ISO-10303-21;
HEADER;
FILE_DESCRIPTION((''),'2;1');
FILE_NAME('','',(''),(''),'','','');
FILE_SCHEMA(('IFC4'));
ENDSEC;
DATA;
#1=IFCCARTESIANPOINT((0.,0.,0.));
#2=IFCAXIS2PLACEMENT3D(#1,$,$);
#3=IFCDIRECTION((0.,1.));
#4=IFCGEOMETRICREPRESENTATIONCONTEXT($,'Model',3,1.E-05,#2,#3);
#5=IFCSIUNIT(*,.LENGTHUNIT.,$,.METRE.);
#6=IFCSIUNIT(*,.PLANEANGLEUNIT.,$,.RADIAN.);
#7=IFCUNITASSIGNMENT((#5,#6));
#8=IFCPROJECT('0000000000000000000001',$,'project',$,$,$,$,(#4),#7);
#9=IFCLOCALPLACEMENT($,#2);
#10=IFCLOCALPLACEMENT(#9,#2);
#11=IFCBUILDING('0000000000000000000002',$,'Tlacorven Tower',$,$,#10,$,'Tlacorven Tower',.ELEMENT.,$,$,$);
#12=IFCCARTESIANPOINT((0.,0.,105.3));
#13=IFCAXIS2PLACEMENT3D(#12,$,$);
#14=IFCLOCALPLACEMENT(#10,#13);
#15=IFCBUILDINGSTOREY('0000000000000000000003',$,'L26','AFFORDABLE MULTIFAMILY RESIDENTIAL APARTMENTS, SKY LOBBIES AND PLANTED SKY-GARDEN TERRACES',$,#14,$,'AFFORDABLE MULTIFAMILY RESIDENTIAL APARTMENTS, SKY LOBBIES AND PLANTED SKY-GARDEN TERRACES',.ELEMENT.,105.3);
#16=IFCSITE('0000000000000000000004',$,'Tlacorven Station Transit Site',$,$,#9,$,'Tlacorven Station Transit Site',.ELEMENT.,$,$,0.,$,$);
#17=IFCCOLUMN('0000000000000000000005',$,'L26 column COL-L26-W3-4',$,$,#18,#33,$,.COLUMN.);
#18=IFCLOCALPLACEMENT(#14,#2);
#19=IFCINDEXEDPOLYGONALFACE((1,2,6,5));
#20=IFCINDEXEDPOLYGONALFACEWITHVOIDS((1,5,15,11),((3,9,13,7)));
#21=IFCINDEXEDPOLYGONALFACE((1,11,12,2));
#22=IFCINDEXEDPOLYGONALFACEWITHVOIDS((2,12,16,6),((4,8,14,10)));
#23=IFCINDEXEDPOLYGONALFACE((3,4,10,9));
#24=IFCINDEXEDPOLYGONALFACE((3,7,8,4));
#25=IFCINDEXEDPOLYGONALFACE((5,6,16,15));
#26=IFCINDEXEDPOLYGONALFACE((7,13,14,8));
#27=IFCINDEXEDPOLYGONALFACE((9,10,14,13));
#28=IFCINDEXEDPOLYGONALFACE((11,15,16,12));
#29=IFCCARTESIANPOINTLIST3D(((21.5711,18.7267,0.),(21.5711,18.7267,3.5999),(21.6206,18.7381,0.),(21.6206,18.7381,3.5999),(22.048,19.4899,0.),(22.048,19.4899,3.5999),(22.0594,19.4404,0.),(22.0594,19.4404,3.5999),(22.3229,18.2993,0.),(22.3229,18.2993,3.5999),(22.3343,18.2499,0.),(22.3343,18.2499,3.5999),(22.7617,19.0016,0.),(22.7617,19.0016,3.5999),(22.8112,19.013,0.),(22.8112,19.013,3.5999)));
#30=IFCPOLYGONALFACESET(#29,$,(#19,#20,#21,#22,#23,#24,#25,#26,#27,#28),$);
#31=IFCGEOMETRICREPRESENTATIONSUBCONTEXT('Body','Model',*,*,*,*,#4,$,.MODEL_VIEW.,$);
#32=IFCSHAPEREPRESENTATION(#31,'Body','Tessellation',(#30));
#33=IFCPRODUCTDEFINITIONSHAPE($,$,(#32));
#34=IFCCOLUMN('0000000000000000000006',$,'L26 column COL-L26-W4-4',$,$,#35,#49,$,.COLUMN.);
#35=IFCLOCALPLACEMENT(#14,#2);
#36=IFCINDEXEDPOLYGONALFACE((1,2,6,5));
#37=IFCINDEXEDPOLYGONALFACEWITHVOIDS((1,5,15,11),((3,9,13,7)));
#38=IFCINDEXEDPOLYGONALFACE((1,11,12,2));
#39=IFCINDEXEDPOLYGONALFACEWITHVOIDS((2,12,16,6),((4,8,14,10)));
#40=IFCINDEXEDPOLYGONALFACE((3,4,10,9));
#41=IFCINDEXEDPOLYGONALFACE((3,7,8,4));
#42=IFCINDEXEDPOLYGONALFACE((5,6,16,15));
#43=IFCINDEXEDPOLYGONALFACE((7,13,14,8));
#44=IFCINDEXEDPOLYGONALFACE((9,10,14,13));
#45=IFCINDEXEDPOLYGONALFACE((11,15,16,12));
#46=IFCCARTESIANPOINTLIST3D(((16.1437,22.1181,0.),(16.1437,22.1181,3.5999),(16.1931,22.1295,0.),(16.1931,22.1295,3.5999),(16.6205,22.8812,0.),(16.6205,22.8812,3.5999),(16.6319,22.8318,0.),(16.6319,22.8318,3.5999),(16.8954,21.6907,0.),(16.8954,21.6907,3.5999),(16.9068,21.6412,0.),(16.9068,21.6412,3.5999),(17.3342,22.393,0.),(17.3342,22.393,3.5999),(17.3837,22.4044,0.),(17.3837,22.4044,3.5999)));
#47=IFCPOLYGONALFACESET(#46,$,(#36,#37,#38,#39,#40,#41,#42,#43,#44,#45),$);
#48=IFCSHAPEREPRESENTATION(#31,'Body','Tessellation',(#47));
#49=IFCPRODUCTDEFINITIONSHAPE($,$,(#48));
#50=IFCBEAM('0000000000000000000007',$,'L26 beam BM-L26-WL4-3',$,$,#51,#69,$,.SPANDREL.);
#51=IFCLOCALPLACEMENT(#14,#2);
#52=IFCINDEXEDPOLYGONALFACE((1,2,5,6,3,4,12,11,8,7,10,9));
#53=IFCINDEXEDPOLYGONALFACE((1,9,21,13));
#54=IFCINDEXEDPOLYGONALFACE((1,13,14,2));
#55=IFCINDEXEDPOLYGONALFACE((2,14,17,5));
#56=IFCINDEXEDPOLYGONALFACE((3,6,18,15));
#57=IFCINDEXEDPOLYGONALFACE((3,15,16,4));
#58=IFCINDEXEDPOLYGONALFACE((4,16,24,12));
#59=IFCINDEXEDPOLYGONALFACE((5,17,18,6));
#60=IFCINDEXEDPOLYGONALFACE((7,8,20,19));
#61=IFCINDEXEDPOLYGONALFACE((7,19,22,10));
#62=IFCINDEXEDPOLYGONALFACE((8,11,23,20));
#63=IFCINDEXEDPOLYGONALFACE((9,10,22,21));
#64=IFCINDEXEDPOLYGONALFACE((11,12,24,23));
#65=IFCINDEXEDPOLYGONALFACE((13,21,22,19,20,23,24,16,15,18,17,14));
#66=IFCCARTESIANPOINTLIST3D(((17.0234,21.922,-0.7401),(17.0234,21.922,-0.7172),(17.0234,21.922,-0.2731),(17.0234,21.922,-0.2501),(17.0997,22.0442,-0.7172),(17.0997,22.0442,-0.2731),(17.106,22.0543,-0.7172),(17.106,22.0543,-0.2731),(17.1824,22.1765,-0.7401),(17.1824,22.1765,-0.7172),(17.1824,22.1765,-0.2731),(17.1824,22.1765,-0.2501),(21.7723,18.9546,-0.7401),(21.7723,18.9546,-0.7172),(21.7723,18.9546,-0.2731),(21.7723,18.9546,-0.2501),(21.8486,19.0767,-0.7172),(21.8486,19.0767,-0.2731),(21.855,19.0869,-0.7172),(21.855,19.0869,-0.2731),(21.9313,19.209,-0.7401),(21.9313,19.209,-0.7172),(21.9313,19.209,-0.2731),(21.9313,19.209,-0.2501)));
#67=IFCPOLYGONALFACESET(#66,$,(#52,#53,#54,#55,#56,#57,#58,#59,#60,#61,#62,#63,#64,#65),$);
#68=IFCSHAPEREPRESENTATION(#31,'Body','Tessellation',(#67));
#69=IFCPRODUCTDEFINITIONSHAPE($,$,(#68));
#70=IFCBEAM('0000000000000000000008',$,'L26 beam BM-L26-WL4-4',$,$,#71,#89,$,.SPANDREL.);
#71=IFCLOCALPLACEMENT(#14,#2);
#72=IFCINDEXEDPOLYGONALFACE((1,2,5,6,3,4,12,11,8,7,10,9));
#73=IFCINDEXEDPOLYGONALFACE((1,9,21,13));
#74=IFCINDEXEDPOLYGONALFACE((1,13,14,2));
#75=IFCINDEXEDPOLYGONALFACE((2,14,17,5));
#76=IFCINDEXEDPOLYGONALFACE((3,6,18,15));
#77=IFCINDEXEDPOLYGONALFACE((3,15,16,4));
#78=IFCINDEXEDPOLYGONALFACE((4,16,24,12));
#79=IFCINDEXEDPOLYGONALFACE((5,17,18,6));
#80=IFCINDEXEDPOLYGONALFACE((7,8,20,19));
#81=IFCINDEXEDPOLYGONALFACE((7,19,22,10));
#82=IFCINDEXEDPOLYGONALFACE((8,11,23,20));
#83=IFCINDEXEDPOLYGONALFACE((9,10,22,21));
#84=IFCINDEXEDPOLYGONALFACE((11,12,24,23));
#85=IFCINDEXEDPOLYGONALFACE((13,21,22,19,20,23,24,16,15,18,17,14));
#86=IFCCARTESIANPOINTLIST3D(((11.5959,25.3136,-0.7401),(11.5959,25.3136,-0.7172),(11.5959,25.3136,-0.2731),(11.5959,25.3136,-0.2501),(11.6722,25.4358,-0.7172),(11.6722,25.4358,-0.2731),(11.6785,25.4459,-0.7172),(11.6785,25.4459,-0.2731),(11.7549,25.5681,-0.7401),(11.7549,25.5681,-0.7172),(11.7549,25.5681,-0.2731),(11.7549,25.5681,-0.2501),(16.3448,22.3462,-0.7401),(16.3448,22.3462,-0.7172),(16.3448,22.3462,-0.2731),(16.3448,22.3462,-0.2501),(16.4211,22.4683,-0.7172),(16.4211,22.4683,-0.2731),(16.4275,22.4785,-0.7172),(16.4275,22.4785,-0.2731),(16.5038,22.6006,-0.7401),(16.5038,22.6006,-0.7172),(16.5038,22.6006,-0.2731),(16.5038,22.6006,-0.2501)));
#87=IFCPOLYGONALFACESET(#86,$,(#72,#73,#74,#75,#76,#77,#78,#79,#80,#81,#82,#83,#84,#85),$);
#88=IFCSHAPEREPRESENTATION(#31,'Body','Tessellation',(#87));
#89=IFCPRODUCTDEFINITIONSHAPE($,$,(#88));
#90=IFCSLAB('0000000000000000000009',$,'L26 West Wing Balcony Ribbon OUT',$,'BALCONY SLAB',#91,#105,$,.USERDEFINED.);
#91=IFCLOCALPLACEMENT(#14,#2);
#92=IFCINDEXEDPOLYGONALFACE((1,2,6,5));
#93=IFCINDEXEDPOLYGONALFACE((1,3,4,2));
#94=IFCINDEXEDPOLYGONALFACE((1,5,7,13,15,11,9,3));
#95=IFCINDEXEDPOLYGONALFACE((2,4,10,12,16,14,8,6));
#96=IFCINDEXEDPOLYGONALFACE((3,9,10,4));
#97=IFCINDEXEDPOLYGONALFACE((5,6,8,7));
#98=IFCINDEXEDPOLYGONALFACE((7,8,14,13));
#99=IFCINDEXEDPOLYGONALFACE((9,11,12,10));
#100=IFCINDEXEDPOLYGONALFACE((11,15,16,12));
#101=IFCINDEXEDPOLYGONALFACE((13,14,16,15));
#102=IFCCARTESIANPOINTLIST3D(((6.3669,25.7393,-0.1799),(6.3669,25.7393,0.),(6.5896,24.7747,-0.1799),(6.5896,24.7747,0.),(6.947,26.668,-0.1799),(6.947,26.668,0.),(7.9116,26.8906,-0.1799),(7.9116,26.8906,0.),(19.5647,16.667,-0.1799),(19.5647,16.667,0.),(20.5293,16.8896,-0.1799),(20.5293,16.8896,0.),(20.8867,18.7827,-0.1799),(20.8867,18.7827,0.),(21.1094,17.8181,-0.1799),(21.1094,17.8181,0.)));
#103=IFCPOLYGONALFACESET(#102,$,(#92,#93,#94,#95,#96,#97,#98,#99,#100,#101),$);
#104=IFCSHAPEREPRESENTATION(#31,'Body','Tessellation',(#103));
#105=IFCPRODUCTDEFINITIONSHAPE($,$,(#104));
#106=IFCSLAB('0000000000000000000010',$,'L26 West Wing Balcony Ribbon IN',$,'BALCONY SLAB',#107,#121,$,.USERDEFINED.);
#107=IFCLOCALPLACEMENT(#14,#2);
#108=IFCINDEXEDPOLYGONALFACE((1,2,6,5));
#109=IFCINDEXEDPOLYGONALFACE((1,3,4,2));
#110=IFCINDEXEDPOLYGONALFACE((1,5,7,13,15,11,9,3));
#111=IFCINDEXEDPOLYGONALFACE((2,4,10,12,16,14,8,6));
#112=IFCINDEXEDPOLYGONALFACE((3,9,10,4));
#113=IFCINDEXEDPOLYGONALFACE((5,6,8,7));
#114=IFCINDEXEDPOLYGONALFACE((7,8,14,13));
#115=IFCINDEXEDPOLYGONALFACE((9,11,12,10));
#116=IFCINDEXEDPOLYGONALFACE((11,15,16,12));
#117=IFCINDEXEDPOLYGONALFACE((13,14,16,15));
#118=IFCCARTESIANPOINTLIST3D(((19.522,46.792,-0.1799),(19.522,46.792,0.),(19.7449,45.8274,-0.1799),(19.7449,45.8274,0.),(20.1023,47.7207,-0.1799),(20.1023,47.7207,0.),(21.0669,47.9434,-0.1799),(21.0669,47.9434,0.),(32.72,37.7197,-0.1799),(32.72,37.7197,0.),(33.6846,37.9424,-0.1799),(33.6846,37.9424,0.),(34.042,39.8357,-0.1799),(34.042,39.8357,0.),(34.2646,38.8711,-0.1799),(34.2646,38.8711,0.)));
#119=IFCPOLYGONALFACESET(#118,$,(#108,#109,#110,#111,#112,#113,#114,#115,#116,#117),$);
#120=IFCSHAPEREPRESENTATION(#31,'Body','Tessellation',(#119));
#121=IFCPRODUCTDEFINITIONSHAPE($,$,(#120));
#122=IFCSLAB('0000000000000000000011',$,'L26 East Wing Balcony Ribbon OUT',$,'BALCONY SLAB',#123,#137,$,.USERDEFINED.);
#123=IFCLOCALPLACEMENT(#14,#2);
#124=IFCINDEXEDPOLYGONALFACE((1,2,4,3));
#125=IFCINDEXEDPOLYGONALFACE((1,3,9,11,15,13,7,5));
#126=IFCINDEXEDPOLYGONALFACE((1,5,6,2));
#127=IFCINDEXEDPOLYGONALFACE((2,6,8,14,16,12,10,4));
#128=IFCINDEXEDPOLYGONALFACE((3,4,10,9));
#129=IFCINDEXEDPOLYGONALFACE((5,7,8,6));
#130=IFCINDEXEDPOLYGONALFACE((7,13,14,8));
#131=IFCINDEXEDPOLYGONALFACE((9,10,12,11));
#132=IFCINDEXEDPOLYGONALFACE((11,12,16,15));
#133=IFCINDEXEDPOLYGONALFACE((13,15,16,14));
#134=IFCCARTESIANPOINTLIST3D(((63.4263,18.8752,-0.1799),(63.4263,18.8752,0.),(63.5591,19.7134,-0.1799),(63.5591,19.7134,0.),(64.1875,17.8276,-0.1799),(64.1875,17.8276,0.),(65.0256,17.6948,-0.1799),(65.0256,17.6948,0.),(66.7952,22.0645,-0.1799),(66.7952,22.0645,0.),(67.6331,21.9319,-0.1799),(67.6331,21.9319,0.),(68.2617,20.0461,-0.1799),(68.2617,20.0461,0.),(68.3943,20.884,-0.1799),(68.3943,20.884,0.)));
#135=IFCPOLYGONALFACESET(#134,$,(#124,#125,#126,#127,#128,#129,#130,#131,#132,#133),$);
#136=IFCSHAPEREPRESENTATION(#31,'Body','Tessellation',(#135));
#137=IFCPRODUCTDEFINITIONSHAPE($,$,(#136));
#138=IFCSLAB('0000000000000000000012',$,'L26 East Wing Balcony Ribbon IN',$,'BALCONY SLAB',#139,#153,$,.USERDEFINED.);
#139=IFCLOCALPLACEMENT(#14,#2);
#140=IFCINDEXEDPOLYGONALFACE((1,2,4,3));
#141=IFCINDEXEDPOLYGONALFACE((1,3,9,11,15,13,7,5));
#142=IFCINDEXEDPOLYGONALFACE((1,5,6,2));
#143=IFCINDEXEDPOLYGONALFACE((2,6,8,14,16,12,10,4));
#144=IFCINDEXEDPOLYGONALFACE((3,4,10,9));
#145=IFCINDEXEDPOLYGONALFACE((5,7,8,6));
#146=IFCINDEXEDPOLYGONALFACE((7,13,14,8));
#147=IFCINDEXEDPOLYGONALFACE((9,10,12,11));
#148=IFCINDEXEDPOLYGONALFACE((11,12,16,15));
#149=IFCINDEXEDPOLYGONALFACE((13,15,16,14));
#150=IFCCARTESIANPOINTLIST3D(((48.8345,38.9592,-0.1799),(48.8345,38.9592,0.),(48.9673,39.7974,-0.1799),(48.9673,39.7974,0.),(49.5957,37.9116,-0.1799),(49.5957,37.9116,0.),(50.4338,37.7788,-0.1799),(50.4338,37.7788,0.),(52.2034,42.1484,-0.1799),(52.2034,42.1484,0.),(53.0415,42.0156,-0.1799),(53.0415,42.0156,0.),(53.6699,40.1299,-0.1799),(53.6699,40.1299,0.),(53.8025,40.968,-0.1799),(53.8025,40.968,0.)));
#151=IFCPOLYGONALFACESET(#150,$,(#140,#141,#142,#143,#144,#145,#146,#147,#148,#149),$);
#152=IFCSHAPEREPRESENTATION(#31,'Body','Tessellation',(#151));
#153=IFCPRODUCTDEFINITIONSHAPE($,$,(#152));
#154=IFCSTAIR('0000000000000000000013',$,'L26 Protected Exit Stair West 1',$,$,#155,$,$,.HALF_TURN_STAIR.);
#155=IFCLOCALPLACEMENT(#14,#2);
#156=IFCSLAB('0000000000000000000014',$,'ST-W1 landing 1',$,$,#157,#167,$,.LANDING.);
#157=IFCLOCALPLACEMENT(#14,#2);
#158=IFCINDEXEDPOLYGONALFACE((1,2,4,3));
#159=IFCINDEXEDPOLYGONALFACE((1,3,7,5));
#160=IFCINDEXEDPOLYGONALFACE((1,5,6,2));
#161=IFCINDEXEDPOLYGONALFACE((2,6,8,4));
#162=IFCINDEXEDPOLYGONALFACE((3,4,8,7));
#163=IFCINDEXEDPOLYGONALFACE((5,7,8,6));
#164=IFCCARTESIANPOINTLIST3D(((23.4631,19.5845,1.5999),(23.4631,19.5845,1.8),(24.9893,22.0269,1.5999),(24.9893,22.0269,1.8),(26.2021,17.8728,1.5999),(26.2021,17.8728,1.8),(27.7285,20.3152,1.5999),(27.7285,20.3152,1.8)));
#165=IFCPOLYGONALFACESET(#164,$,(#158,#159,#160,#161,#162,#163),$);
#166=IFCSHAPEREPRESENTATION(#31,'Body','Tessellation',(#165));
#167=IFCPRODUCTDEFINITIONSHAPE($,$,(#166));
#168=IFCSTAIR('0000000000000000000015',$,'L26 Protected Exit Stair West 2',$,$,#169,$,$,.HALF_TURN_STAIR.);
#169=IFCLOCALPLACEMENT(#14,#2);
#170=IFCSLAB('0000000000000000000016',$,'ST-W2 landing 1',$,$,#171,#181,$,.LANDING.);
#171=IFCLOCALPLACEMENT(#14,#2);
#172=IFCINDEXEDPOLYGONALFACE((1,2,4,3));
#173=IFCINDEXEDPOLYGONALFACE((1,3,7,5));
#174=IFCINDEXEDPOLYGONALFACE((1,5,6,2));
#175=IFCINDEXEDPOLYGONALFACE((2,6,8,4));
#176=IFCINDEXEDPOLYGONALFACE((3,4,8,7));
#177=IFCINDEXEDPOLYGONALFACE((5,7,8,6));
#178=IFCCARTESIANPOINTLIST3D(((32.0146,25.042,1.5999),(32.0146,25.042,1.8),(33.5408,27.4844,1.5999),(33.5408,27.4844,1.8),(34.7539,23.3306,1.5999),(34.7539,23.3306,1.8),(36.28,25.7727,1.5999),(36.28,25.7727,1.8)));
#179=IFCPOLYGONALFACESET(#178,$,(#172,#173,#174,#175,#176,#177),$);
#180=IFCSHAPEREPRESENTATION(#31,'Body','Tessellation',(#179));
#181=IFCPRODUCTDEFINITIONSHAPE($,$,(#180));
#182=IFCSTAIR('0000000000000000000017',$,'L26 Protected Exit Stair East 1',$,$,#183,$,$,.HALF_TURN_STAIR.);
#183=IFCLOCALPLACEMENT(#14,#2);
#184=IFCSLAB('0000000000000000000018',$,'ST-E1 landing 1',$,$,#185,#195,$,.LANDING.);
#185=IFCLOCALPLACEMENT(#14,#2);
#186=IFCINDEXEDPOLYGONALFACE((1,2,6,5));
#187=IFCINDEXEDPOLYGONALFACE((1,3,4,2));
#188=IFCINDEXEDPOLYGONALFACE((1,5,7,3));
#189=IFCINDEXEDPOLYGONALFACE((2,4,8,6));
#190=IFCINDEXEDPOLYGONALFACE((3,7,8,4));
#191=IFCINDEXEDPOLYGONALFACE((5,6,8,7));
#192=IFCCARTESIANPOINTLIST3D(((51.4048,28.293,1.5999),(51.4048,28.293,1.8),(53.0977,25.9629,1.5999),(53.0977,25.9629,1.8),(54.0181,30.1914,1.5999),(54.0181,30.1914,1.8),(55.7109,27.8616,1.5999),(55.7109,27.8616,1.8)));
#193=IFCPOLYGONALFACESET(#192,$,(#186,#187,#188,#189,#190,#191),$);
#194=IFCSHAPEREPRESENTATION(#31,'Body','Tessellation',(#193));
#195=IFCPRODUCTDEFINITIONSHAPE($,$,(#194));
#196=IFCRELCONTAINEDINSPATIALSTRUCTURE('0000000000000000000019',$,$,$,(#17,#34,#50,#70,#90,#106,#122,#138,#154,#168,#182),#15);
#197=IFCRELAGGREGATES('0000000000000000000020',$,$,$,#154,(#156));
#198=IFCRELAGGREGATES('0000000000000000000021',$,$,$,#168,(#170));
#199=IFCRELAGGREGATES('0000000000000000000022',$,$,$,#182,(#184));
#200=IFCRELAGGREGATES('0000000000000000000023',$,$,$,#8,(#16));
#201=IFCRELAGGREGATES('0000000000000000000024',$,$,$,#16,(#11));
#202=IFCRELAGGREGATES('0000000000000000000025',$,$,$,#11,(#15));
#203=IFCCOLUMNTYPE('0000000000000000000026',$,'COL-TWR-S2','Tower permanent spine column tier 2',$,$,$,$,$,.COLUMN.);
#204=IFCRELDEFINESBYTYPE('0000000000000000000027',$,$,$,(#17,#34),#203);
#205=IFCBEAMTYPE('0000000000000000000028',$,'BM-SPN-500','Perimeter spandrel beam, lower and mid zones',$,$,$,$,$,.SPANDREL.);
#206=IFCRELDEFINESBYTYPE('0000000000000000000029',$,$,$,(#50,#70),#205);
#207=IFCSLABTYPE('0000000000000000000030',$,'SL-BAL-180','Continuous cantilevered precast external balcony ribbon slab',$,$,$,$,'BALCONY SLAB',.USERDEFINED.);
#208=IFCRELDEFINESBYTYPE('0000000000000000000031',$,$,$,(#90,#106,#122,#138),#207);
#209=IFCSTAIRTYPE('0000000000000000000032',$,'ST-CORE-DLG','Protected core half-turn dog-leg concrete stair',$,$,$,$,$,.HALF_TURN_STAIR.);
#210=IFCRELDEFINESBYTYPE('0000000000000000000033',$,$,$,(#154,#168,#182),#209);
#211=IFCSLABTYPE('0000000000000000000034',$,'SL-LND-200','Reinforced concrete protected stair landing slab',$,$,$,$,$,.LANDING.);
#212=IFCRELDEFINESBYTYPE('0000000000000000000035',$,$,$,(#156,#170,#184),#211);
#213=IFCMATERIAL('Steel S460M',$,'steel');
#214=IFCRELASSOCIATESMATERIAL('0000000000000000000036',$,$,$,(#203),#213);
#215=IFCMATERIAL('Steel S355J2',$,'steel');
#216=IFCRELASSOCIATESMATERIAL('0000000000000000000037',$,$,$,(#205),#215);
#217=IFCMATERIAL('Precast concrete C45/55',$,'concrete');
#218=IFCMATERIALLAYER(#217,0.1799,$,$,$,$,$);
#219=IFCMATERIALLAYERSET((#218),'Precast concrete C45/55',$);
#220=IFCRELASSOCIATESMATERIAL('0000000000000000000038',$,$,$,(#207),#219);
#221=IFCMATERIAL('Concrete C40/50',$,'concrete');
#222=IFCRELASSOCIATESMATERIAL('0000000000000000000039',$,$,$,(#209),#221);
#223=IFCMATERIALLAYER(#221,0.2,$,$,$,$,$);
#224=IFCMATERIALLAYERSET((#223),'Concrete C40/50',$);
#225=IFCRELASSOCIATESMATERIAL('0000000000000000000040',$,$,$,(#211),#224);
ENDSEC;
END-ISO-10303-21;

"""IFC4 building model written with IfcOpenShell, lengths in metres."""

from ifc_helpers import new_model, si_unit, direction, frame, origin, origin_2d, place, context, subcontext, project, spatial, polyline, hollow_rectangle, i_section, outline, extrude, source, transform, mapped, material, layer, layer_set, material_profile, profile_set, type_object, element, aggregate, save


model = new_model("IFC4")

# Units and contexts
model_context = context("Model", 3, precision=1e-05, world=origin(), true_north=direction((0.0, 1.0)))
body_context = subcontext(model_context, "Body", "Model", "MODEL_VIEW")
ifc_project = project(units=[si_unit("LENGTHUNIT", "METRE"), si_unit("PLANEANGLEUNIT", "RADIAN")], contexts=[model_context])

# Site, building, storey
site_placement = place(None, origin())
site = spatial("IfcSite", under=ifc_project, at=site_placement, Name="Tlacorven Station Transit Site", LongName="Tlacorven Station Transit Site", CompositionType="ELEMENT", RefElevation=0.0)
building_placement = place(site_placement, origin())
building = spatial("IfcBuilding", under=site, at=building_placement, Name="Tlacorven Tower", LongName="Tlacorven Tower", CompositionType="ELEMENT")
storey_placement = place(building_placement, frame((0.0, 0.0, 105.3)))
storey = spatial("IfcBuildingStorey", under=building, at=storey_placement, Name="L26", Description="AFFORDABLE MULTIFAMILY RESIDENTIAL APARTMENTS, SKY LOBBIES AND PLANTED SKY-GARDEN TERRACES", LongName="AFFORDABLE MULTIFAMILY RESIDENTIAL APARTMENTS, SKY LOBBIES AND PLANTED SKY-GARDEN TERRACES", CompositionType="ELEMENT", Elevation=105.3)

# Columns
ifc_material_1 = material(Name="Steel S460M", Category="steel")
ifc_material_profile_1 = material_profile(ifc_material_1, hollow_rectangle(XDim=0.8999, YDim=0.8999, WallThickness=0.0359, at=origin_2d()), Name="BOX 900X900X36")
ifc_profile_set_1 = profile_set([ifc_material_profile_1], Name="Steel S460M")
column_type = type_object("IfcColumnType", Name="COL-TWR-S2", Description="Tower permanent spine column tier 2", PredefinedType="COLUMN", material=ifc_profile_set_1)
shared_shape_1 = source(origin(), body_context, "Body", "SweptSolid", [
    extrude(hollow_rectangle(XDim=0.8999, YDim=0.8999, WallThickness=0.0359, at=origin_2d()), origin(), (0.0, 0.0, 1.0), 3.5999),
])
for number, where, z_axis, x_axis, name in (
    (1, (22.1912, 18.8699, 0.0), (0.0, 0.0, 1.0), (-0.848048, 0.529919, 0.0), "L26 column COL-L26-W3-4"),
    (2, (16.7637, 22.2612, 0.0), (0.0, 0.0, 1.0), (-0.848048, 0.529919, 0.0), "L26 column COL-L26-W4-4"),
):
    element("IfcColumn", number, at=place(storey_placement, frame(where, z_axis=z_axis, x_axis=x_axis)), inside=storey, type_object=column_type, Name=name, PredefinedType="COLUMN", context=body_context, shape_type="MappedRepresentation", body=[
        mapped(shared_shape_1, transform((0.0, 0.0, 0.0), scale=1.0)),
    ])

# Beams
ifc_material_2 = material(Name="Steel S355J2", Category="steel")
ifc_material_profile_2 = material_profile(ifc_material_2, i_section(OverallWidth=0.3, OverallDepth=0.49, WebThickness=0.012, FlangeThickness=0.0229, at=origin_2d()), Name="HEA 500")
ifc_profile_set_2 = profile_set([ifc_material_profile_2], Name="Steel S355J2")
beam_type = type_object("IfcBeamType", Name="BM-SPN-500", Description="Perimeter spandrel beam, lower and mid zones", PredefinedType="SPANDREL", material=ifc_profile_set_2)
shared_shape_2 = source(origin(), body_context, "Body", "SweptSolid", [
    extrude(i_section(OverallWidth=0.3, OverallDepth=0.49, WebThickness=0.012, FlangeThickness=0.0229, at=origin_2d()), origin(), (0.0, 0.0, 1.0), 5.5999),
])
for number, where, z_axis, x_axis, name in (
    (3, (21.8518, 19.0818, -0.4951), (-0.848047, 0.529921, 0.0), (-0.529921, -0.848047, 0.0), "L26 beam BM-L26-WL4-3"),
    (4, (16.4243, 22.4734, -0.4951), (-0.848047, 0.529921, 0.0), (-0.529921, -0.848047, 0.0), "L26 beam BM-L26-WL4-4"),
):
    element("IfcBeam", number, at=place(storey_placement, frame(where, z_axis=z_axis, x_axis=x_axis)), inside=storey, type_object=beam_type, Name=name, PredefinedType="SPANDREL", context=body_context, shape_type="MappedRepresentation", body=[
        mapped(shared_shape_2, transform((0.0, 0.0, 0.0), scale=1.0)),
    ])

# Slabs
ifc_material_3 = material(Name="Precast concrete C45/55", Category="concrete")
ifc_layer_1 = layer(ifc_material_3, 0.1799)
ifc_layer_set_1 = layer_set([ifc_layer_1], Name="Precast concrete C45/55")
slab_type_1 = type_object("IfcSlabType", Name="SL-BAL-180", Description="Continuous cantilevered precast external balcony ribbon slab", ElementType="BALCONY SLAB", PredefinedType="USERDEFINED", material=ifc_layer_set_1)
slab_1_placement = place(storey_placement, frame((0.0, 0.0, -0.1799)))
element("IfcSlab", 5, at=slab_1_placement, inside=storey, type_object=slab_type_1, Name="L26 West Wing Balcony Ribbon OUT", ObjectType="BALCONY SLAB", PredefinedType="USERDEFINED", context=body_context, shape_type="SweptSolid", body=[
    extrude(outline(polyline([(20.8867, 18.7827), (7.9116, 26.8906), (6.947, 26.668), (6.3669, 25.7393), (6.5896, 24.7747), (19.5647, 16.667), (20.5293, 16.8896), (21.1094, 17.8181), (20.8867, 18.7827)])), origin(), (0.0, 0.0, 1.0), 0.1799),
])
slab_2_placement = place(storey_placement, frame((0.0, 0.0, -0.1799)))
element("IfcSlab", 6, at=slab_2_placement, inside=storey, type_object=slab_type_1, Name="L26 West Wing Balcony Ribbon IN", ObjectType="BALCONY SLAB", PredefinedType="USERDEFINED", context=body_context, shape_type="SweptSolid", body=[
    extrude(outline(polyline([(34.042, 39.8357), (21.0669, 47.9434), (20.1023, 47.7207), (19.522, 46.792), (19.7449, 45.8274), (32.72, 37.7197), (33.6846, 37.9424), (34.2646, 38.8711), (34.042, 39.8357)])), origin(), (0.0, 0.0, 1.0), 0.1799),
])
slab_3_placement = place(storey_placement, frame((0.0, 0.0, -0.1799)))
element("IfcSlab", 7, at=slab_3_placement, inside=storey, type_object=slab_type_1, Name="L26 East Wing Balcony Ribbon OUT", ObjectType="BALCONY SLAB", PredefinedType="USERDEFINED", context=body_context, shape_type="SweptSolid", body=[
    extrude(outline(polyline([(65.0256, 17.6948), (68.2617, 20.0461), (68.3943, 20.884), (67.6331, 21.9319), (66.7952, 22.0645), (63.5591, 19.7134), (63.4263, 18.8752), (64.1875, 17.8276), (65.0256, 17.6948)])), origin(), (0.0, 0.0, 1.0), 0.1799),
])
slab_4_placement = place(storey_placement, frame((0.0, 0.0, -0.1799)))
element("IfcSlab", 8, at=slab_4_placement, inside=storey, type_object=slab_type_1, Name="L26 East Wing Balcony Ribbon IN", ObjectType="BALCONY SLAB", PredefinedType="USERDEFINED", context=body_context, shape_type="SweptSolid", body=[
    extrude(outline(polyline([(50.4338, 37.7788), (53.6699, 40.1299), (53.8025, 40.968), (53.0415, 42.0156), (52.2034, 42.1484), (48.9673, 39.7974), (48.8345, 38.9592), (49.5957, 37.9116), (50.4338, 37.7788)])), origin(), (0.0, 0.0, 1.0), 0.1799),
])

# Stairs, slabs
ifc_material_4 = material(Name="Concrete C40/50", Category="concrete")
stair_type = type_object("IfcStairType", Name="ST-CORE-DLG", Description="Protected core half-turn dog-leg concrete stair", PredefinedType="HALF_TURN_STAIR", material=ifc_material_4)
stair_1_placement = place(storey_placement, origin())
stair_1 = element("IfcStair", 9, at=stair_1_placement, inside=storey, type_object=stair_type, Name="L26 Protected Exit Stair West 1", PredefinedType="HALF_TURN_STAIR")
ifc_layer_2 = layer(ifc_material_4, 0.2)
ifc_layer_set_2 = layer_set([ifc_layer_2], Name="Concrete C40/50")
slab_type_2 = type_object("IfcSlabType", Name="SL-LND-200", Description="Reinforced concrete protected stair landing slab", PredefinedType="LANDING", material=ifc_layer_set_2)
slab_5_placement = place(storey_placement, frame((0.0, 0.0, 1.5999)))
slab_5 = element("IfcSlab", 10, at=slab_5_placement, type_object=slab_type_2, Name="ST-W1 landing 1", PredefinedType="LANDING", context=body_context, shape_type="SweptSolid", body=[
    extrude(outline(polyline([(27.7285, 20.3152), (24.9893, 22.0269), (23.4631, 19.5845), (26.2021, 17.8728), (27.7285, 20.3152)])), origin(), (0.0, 0.0, 1.0), 0.2002),
])
aggregate(stair_1, [slab_5])
stair_2_placement = place(storey_placement, origin())
stair_2 = element("IfcStair", 11, at=stair_2_placement, inside=storey, type_object=stair_type, Name="L26 Protected Exit Stair West 2", PredefinedType="HALF_TURN_STAIR")
slab_6_placement = place(storey_placement, frame((0.0, 0.0, 1.5999)))
slab_6 = element("IfcSlab", 12, at=slab_6_placement, type_object=slab_type_2, Name="ST-W2 landing 1", PredefinedType="LANDING", context=body_context, shape_type="SweptSolid", body=[
    extrude(outline(polyline([(36.28, 25.7727), (33.5408, 27.4844), (32.0146, 25.042), (34.7539, 23.3306), (36.28, 25.7727)])), origin(), (0.0, 0.0, 1.0), 0.2002),
])
aggregate(stair_2, [slab_6])
stair_3_placement = place(storey_placement, origin())
stair_3 = element("IfcStair", 13, at=stair_3_placement, inside=storey, type_object=stair_type, Name="L26 Protected Exit Stair East 1", PredefinedType="HALF_TURN_STAIR")
slab_7_placement = place(storey_placement, frame((0.0, 0.0, 1.5999)))
slab_7 = element("IfcSlab", 14, at=slab_7_placement, type_object=slab_type_2, Name="ST-E1 landing 1", PredefinedType="LANDING", context=body_context, shape_type="SweptSolid", body=[
    extrude(outline(polyline([(53.0977, 25.9629), (55.7109, 27.8616), (54.0181, 30.1914), (51.4048, 28.293), (53.0977, 25.9629)])), origin(), (0.0, 0.0, 1.0), 0.2002),
])
aggregate(stair_3, [slab_7])

save(model, "model.ifc")
